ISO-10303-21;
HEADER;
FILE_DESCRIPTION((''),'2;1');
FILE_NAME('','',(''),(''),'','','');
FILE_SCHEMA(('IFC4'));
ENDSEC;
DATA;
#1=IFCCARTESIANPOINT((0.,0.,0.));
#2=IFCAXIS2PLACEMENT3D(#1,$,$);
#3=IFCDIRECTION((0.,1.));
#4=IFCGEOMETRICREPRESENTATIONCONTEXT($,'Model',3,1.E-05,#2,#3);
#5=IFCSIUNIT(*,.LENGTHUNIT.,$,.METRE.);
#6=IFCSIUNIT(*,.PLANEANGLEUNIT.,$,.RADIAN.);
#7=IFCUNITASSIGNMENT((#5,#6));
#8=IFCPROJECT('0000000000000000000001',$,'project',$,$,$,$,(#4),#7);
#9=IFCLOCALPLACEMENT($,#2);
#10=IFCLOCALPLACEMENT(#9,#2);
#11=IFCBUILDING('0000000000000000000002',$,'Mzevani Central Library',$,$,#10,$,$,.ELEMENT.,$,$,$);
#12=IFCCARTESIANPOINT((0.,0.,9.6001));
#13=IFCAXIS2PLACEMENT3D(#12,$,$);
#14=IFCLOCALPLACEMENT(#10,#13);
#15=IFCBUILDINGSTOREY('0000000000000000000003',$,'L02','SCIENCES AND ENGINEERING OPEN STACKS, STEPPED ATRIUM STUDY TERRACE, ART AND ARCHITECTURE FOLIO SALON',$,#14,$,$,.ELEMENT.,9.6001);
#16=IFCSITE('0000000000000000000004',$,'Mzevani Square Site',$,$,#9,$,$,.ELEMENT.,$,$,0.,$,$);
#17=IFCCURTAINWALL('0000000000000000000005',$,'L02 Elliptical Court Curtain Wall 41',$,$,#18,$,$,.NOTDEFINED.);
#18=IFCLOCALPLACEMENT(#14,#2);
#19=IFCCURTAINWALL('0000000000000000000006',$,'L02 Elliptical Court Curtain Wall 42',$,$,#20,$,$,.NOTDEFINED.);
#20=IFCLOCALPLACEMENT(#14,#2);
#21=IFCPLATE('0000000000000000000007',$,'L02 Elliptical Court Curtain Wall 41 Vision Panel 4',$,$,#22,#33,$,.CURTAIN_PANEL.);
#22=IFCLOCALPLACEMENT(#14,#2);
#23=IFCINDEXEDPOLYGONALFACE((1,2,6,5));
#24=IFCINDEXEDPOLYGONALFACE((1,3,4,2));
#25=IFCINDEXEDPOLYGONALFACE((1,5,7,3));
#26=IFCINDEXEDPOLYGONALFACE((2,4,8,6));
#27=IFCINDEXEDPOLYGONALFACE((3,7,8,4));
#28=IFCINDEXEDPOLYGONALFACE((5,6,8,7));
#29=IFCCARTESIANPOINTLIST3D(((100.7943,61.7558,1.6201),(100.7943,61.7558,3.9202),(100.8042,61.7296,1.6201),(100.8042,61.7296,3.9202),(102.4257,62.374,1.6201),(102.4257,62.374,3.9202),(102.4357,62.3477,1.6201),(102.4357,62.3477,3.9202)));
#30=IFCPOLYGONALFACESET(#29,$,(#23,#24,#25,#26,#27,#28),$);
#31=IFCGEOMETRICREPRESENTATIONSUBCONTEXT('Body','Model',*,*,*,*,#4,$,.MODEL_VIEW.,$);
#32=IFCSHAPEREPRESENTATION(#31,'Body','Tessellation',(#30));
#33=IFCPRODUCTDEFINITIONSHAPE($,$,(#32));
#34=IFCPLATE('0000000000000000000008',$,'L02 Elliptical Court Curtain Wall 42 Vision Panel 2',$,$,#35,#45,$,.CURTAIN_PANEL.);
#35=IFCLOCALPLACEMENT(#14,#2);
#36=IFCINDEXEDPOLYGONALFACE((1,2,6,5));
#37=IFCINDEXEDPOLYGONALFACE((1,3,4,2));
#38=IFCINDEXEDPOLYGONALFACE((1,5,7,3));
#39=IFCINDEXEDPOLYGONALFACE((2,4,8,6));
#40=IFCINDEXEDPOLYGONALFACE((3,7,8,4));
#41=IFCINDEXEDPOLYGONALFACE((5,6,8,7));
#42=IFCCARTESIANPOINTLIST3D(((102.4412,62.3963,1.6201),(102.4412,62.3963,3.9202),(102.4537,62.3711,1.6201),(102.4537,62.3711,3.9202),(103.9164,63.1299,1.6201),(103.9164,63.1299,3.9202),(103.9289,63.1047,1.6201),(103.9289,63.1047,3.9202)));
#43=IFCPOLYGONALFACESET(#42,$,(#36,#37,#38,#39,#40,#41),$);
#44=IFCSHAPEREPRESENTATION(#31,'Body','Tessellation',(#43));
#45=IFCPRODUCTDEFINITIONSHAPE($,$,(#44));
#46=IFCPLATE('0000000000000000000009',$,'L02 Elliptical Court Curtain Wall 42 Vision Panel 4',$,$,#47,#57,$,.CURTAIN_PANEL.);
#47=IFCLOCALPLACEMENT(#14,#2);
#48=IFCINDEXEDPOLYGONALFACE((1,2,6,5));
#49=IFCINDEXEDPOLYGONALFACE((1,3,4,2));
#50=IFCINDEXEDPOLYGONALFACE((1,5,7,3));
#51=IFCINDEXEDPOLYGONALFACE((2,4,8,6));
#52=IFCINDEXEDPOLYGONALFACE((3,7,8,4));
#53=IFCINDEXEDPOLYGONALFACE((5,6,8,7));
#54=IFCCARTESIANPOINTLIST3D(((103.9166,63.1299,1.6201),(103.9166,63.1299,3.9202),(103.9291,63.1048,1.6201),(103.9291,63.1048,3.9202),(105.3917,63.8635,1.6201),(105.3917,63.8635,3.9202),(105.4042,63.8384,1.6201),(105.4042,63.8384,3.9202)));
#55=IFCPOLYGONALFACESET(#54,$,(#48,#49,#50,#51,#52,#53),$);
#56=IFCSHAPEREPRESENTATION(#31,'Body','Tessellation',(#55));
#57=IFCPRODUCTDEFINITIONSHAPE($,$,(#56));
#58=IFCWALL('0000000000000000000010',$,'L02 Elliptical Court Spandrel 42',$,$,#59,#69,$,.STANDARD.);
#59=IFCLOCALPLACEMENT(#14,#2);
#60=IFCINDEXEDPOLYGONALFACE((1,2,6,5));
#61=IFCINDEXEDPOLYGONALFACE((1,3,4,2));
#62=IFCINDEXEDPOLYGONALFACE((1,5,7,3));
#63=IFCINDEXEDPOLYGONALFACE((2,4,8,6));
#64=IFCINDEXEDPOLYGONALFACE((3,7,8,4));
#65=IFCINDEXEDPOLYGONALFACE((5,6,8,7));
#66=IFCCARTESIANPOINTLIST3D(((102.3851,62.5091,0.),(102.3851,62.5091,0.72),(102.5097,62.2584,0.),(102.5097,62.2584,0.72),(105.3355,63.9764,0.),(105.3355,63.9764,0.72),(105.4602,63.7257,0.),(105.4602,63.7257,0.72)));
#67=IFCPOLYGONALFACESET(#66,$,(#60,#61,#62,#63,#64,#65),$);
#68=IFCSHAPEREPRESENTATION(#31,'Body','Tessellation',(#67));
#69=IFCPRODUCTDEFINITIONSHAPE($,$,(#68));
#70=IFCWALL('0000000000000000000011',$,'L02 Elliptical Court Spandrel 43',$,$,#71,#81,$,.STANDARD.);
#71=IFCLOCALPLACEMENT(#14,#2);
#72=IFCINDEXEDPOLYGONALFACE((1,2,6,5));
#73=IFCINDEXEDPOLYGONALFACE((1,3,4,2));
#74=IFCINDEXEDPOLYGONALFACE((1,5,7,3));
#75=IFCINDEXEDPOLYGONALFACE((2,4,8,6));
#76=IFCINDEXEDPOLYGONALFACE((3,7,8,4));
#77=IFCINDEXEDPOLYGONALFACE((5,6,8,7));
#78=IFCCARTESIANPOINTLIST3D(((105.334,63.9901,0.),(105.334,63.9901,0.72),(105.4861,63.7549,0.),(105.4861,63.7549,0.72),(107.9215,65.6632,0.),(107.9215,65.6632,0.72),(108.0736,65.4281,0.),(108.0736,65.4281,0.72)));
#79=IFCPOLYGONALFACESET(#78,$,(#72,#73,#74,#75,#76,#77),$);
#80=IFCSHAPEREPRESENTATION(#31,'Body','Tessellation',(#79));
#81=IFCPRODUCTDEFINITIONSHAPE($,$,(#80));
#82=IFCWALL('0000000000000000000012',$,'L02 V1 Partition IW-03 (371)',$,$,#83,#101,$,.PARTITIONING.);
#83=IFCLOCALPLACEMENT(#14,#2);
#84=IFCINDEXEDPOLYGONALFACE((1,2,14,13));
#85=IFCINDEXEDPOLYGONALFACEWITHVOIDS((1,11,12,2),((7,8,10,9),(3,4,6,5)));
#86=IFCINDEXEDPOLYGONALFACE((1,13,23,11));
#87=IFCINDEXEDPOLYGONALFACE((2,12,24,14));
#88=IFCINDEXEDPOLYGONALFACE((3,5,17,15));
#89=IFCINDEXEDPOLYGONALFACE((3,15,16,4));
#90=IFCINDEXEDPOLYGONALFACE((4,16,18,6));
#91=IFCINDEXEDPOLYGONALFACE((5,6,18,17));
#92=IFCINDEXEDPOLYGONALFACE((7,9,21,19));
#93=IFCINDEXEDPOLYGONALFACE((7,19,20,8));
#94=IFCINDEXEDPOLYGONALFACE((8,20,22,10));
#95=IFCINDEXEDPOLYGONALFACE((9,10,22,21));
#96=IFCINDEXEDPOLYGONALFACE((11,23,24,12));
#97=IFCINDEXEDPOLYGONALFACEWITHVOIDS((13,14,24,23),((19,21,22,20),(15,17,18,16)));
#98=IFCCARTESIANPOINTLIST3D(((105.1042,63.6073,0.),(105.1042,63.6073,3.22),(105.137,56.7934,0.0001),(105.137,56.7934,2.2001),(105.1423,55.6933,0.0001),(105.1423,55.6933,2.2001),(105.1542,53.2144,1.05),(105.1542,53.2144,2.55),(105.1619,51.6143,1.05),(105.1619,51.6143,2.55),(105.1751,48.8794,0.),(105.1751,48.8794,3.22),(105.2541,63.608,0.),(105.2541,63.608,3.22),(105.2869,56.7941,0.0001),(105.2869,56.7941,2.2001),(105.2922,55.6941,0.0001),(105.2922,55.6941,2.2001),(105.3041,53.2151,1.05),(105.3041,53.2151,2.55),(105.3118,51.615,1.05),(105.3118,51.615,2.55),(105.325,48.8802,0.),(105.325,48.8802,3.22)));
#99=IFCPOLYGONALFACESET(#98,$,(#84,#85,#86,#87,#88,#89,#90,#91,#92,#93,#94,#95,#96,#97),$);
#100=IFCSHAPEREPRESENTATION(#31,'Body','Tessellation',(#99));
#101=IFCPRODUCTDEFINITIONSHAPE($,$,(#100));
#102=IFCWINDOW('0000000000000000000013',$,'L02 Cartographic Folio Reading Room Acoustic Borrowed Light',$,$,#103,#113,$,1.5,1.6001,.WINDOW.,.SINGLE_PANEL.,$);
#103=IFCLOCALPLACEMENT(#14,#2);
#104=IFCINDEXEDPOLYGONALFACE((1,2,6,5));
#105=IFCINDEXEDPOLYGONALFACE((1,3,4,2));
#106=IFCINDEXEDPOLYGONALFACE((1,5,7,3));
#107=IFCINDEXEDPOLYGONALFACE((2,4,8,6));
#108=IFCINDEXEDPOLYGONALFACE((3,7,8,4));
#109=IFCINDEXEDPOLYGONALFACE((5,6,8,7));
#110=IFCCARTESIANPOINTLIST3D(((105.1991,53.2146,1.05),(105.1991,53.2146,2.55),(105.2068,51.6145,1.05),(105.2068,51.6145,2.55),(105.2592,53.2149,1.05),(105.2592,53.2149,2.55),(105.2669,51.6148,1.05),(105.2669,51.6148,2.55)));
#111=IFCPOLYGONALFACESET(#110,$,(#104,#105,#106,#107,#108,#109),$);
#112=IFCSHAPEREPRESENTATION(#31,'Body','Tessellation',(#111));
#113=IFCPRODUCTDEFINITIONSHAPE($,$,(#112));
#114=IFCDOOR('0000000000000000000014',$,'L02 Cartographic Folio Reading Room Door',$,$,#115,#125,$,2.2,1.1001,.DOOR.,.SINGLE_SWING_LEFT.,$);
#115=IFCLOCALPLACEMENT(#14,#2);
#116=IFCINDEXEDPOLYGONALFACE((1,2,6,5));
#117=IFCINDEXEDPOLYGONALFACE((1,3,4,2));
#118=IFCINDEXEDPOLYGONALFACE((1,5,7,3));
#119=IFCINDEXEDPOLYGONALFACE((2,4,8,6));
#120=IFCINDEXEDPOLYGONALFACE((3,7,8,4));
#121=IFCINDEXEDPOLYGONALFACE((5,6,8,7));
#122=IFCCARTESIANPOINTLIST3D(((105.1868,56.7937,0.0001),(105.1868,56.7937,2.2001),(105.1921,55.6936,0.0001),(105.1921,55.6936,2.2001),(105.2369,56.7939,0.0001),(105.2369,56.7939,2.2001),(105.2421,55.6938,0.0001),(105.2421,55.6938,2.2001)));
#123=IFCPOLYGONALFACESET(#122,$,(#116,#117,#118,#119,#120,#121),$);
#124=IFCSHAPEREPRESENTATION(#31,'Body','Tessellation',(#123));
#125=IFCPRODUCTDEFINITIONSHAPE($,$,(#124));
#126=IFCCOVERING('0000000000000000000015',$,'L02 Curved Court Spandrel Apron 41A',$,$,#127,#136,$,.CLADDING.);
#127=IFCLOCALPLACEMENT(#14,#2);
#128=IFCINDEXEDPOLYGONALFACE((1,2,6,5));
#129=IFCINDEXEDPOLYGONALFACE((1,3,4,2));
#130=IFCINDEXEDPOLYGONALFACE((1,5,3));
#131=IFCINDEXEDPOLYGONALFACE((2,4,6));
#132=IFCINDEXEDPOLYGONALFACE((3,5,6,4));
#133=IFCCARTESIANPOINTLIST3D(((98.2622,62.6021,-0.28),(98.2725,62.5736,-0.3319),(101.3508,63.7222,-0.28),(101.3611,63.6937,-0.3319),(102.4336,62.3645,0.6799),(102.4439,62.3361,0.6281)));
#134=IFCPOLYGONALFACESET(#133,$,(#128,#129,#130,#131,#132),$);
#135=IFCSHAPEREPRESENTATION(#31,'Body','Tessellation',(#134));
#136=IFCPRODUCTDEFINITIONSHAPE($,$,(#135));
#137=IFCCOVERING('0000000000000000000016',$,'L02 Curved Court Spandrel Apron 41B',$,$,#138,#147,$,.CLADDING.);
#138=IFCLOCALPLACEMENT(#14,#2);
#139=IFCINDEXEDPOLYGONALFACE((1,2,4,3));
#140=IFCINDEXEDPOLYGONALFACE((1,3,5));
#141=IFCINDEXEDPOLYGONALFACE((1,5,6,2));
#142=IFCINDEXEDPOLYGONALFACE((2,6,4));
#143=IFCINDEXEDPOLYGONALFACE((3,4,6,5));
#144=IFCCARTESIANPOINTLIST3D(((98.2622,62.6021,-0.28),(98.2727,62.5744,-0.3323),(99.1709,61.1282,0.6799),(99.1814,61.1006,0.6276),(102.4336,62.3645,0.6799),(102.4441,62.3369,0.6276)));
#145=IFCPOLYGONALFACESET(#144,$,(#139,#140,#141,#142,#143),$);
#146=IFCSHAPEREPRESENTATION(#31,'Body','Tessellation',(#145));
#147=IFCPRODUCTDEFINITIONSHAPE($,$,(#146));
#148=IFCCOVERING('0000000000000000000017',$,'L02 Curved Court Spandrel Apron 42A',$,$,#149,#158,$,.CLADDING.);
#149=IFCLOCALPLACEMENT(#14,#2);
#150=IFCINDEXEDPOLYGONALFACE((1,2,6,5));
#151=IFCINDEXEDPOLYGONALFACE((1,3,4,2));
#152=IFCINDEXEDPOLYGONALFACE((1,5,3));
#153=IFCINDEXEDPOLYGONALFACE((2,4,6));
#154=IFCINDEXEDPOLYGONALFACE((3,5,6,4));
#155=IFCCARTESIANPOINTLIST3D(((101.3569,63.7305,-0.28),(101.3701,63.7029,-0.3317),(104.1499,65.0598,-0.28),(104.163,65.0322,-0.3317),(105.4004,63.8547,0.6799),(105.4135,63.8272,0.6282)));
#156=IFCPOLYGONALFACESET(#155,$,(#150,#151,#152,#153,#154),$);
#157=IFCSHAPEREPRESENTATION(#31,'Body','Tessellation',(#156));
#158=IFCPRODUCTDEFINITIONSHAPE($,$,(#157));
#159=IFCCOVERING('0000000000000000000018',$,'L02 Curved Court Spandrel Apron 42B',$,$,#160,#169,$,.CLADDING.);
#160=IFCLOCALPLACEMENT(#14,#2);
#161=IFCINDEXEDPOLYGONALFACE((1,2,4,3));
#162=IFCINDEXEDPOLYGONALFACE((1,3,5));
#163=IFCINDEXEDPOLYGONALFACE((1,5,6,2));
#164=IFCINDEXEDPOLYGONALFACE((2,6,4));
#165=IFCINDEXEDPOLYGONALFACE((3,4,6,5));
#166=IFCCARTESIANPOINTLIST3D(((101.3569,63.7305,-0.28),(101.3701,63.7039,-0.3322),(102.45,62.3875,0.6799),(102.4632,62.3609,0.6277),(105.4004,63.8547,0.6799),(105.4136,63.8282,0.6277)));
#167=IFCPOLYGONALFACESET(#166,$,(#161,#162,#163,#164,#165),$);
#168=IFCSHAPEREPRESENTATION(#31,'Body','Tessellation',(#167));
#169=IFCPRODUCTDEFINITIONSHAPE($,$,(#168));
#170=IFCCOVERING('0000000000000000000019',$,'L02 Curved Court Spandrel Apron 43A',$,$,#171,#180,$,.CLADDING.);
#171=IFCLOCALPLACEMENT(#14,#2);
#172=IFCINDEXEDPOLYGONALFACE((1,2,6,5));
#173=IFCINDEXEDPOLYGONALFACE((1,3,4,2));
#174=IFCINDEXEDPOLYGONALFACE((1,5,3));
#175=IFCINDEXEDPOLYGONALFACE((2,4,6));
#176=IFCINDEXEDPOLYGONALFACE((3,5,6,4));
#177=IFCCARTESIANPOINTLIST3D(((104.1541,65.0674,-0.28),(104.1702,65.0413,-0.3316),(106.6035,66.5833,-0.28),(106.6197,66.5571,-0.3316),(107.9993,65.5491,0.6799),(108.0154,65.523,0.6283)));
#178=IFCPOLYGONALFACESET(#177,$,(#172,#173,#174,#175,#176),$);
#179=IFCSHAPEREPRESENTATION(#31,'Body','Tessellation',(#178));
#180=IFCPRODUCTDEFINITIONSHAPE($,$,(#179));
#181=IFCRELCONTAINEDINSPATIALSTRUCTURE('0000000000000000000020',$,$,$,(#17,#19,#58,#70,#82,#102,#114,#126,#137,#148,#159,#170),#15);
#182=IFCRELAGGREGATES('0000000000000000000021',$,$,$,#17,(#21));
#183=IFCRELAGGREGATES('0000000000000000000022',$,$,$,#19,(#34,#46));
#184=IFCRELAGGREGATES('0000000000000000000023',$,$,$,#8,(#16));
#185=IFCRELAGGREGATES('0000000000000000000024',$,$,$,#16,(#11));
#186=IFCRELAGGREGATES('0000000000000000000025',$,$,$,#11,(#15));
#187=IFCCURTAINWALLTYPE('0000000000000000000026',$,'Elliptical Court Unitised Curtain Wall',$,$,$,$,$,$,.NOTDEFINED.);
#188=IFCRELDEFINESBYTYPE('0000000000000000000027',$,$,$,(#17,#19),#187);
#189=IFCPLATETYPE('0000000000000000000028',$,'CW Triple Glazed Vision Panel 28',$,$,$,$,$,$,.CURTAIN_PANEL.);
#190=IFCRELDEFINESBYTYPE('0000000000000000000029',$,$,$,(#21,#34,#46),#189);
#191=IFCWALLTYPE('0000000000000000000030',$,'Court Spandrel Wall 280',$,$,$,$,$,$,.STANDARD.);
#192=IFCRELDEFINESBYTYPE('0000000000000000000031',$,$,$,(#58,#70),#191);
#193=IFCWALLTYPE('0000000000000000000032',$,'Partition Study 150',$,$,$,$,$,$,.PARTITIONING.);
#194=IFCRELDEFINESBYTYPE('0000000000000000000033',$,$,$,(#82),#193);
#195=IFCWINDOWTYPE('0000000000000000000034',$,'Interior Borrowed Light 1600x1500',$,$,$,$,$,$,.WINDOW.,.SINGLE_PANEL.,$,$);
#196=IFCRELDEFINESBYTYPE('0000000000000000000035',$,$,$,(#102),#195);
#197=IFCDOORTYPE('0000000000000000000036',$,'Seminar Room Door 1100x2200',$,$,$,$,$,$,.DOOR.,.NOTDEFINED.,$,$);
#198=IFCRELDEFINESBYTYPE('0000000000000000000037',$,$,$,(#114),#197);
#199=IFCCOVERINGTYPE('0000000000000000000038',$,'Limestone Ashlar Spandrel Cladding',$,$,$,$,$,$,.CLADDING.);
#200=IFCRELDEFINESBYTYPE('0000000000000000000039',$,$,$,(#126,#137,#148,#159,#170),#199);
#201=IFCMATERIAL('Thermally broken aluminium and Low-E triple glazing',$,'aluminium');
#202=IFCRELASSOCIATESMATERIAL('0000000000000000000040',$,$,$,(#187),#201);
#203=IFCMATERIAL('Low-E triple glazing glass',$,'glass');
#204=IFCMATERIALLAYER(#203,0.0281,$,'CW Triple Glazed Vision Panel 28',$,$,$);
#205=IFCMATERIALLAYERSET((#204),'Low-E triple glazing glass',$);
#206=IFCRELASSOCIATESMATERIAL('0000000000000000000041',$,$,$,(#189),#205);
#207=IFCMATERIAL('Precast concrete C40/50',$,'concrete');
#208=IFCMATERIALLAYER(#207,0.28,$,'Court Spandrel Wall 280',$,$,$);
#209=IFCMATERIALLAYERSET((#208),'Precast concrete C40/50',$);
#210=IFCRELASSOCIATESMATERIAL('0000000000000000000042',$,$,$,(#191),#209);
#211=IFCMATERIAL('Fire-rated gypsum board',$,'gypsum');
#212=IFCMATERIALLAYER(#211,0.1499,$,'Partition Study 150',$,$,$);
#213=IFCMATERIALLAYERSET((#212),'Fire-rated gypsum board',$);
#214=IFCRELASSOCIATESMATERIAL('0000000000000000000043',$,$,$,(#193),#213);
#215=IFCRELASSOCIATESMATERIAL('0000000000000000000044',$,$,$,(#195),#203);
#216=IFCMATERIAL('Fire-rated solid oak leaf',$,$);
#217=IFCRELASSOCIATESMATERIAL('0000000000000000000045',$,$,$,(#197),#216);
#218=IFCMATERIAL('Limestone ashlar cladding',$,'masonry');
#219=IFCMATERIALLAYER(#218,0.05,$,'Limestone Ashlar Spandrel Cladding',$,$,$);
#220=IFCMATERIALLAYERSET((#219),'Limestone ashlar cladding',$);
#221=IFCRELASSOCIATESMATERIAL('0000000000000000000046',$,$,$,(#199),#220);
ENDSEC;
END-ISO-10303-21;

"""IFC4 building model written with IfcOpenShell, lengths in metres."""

from ifc_helpers import new_model, si_unit, direction, frame, frame_2d, origin, origin_2d, place, context, subcontext, project, spatial, polyline, rectangle, outline, extrude, material, layer, layer_set, type_object, element, fill, aggregate, save


model = new_model("IFC4")

# Units and contexts
model_context = context("Model", 3, precision=1e-05, world=origin(), true_north=direction((0.0, 1.0)))
body_context = subcontext(model_context, "Body", "Model", "MODEL_VIEW")
ifc_project = project(units=[si_unit("LENGTHUNIT", "METRE"), si_unit("PLANEANGLEUNIT", "RADIAN")], contexts=[model_context])

# Site, building, storey
site_placement = place(None, origin())
site = spatial("IfcSite", under=ifc_project, at=site_placement, Name="Mzevani Square Site", CompositionType="ELEMENT", RefElevation=0.0)
building_placement = place(site_placement, origin())
building = spatial("IfcBuilding", under=site, at=building_placement, Name="Mzevani Central Library", CompositionType="ELEMENT")
storey_placement = place(building_placement, frame((0.0, 0.0, 9.6001)))
storey = spatial("IfcBuildingStorey", under=building, at=storey_placement, Name="L02", Description="SCIENCES AND ENGINEERING OPEN STACKS, STEPPED ATRIUM STUDY TERRACE, ART AND ARCHITECTURE FOLIO SALON", CompositionType="ELEMENT", Elevation=9.6001)

# Curtain wall
ifc_material_1 = material(Name="Thermally broken aluminium and Low-E triple glazing", Category="aluminium")
curtain_wall_type = type_object("IfcCurtainWallType", Name="Elliptical Court Unitised Curtain Wall", PredefinedType="NOTDEFINED", material=ifc_material_1)
curtain_wall_1_placement = place(storey_placement, origin())
curtain_wall_1 = element("IfcCurtainWall", 1, at=curtain_wall_1_placement, inside=storey, type_object=curtain_wall_type, Name="L02 Elliptical Court Curtain Wall 41", PredefinedType="NOTDEFINED")

# Curtain wall
curtain_wall_2_placement = place(storey_placement, origin())
curtain_wall_2 = element("IfcCurtainWall", 2, at=curtain_wall_2_placement, inside=storey, type_object=curtain_wall_type, Name="L02 Elliptical Court Curtain Wall 42", PredefinedType="NOTDEFINED")

# Plates
ifc_material_2 = material(Name="Low-E triple glazing glass", Category="glass")
ifc_layer_1 = layer(ifc_material_2, 0.0281, Name="CW Triple Glazed Vision Panel 28")
ifc_layer_set_1 = layer_set([ifc_layer_1], Name="Low-E triple glazing glass")
plate_type_1 = type_object("IfcPlateType", Name="CW Triple Glazed Vision Panel 28", PredefinedType="CURTAIN_PANEL", material=ifc_layer_set_1)
plate_1_placement = place(storey_placement, frame((101.615, 62.0518, 1.6201), z_axis=(0.0, 0.0, 1.0), x_axis=(0.935126, 0.354316, 0.0)))
plate_1 = element("IfcPlate", 3, at=plate_1_placement, type_object=plate_type_1, Name="L02 Elliptical Court Curtain Wall 41 Vision Panel 4", PredefinedType="CURTAIN_PANEL", context=body_context, shape_type="SweptSolid", body=[
    extrude(rectangle(XDim=1.7446, YDim=0.0281, at=origin_2d()), origin(), (0.0, 0.0, 1.0), 2.3),
])
aggregate(curtain_wall_1, [plate_1])
plate_2_placement = place(storey_placement, frame((103.1851, 62.7505, 1.6201), z_axis=(0.0, 0.0, 1.0), x_axis=(0.89539, 0.445282, 0.0)))
plate_2 = element("IfcPlate", 4, at=plate_2_placement, type_object=plate_type_1, Name="L02 Elliptical Court Curtain Wall 42 Vision Panel 2", PredefinedType="CURTAIN_PANEL", context=body_context, shape_type="SweptSolid", body=[
    extrude(rectangle(XDim=1.6475, YDim=0.0281, at=origin_2d()), origin(), (0.0, 0.0, 1.0), 2.3),
])
plate_3_placement = place(storey_placement, frame((104.6604, 63.4841, 1.6201), z_axis=(0.0, 0.0, 1.0), x_axis=(0.89539, 0.445282, 0.0)))
plate_3 = element("IfcPlate", 5, at=plate_3_placement, type_object=plate_type_1, Name="L02 Elliptical Court Curtain Wall 42 Vision Panel 4", PredefinedType="CURTAIN_PANEL", context=body_context, shape_type="SweptSolid", body=[
    extrude(rectangle(XDim=1.6475, YDim=0.0281, at=origin_2d()), origin(), (0.0, 0.0, 1.0), 2.3),
])
aggregate(curtain_wall_2, [plate_2, plate_3])

# Walls
ifc_material_3 = material(Name="Precast concrete C40/50", Category="concrete")
ifc_layer_2 = layer(ifc_material_3, 0.28, Name="Court Spandrel Wall 280")
ifc_layer_set_2 = layer_set([ifc_layer_2], Name="Precast concrete C40/50")
wall_type_1 = type_object("IfcWallType", Name="Court Spandrel Wall 280", PredefinedType="STANDARD", material=ifc_layer_set_2)
wall_1_placement = place(storey_placement, frame((102.4475, 62.3838, 0.0), z_axis=(0.0, 0.0, 1.0), x_axis=(0.895388, 0.445286, 0.0)))
element("IfcWall", 6, at=wall_1_placement, inside=storey, type_object=wall_type_1, Name="L02 Elliptical Court Spandrel 42", PredefinedType="STANDARD", context=body_context, shape_type="SweptSolid", body=[
    extrude(rectangle(XDim=3.2952, YDim=0.28, at=frame_2d((1.6475, 0.0))), origin(), (0.0, 0.0, 1.0), 0.72),
])
wall_2_placement = place(storey_placement, frame((105.4102, 63.8726, 0.0), z_axis=(0.0, 0.0, 1.0), x_axis=(0.839734, 0.542998, 0.0)))
element("IfcWall", 7, at=wall_2_placement, inside=storey, type_object=wall_type_1, Name="L02 Elliptical Court Spandrel 43", PredefinedType="STANDARD", context=body_context, shape_type="SweptSolid", body=[
    extrude(rectangle(XDim=3.0813, YDim=0.28, at=frame_2d((1.5405, 0.0))), origin(), (0.0, 0.0, 1.0), 0.72),
])

# Wall, openings, window, door
ifc_material_4 = material(Name="Fire-rated gypsum board", Category="gypsum")
ifc_layer_3 = layer(ifc_material_4, 0.1499, Name="Partition Study 150")
ifc_layer_set_3 = layer_set([ifc_layer_3], Name="Fire-rated gypsum board")
wall_type_2 = type_object("IfcWallType", Name="Partition Study 150", PredefinedType="PARTITIONING", material=ifc_layer_set_3)
wall_3_placement = place(storey_placement, frame((105.1792, 63.6077, 0.0), z_axis=(0.0, 0.0, 1.0), x_axis=(0.004807, -0.999988, 0.0)))
wall_3 = element("IfcWall", 8, at=wall_3_placement, inside=storey, type_object=wall_type_2, Name="L02 V1 Partition IW-03 (371)", PredefinedType="PARTITIONING", context=body_context, shape_type="SweptSolid", body=[
    extrude(rectangle(XDim=14.728, YDim=0.1499, at=frame_2d((7.364, 0.0))), origin(), (0.0, 0.0, 1.0), 3.22),
])
opening_1_placement = place(wall_3_placement, frame((6.814, 0.0, 0.0)))
opening_1 = element("IfcOpeningElement", 9, at=opening_1_placement, cuts=wall_3, PredefinedType="OPENING", context=body_context, shape_type="SweptSolid", body=[
    extrude(rectangle(XDim=1.1001, YDim=2.2, at=frame_2d((0.55, 1.1001))), frame((0.0, 0.085, 0.0), z_axis=(0.0, -1.0, 0.0), x_axis=(1.0, 0.0, 0.0)), (0.0, 0.0, 1.0), 0.1699),
])
opening_2_placement = place(wall_3_placement, frame((10.3931, 0.0, 1.05)))
opening_2 = element("IfcOpeningElement", 10, at=opening_2_placement, cuts=wall_3, PredefinedType="OPENING", context=body_context, shape_type="SweptSolid", body=[
    extrude(rectangle(XDim=1.6001, YDim=1.5, at=frame_2d((0.8, 0.75))), frame((0.0, 0.085, 0.0), z_axis=(0.0, -1.0, 0.0), x_axis=(1.0, 0.0, 0.0)), (0.0, 0.0, 1.0), 0.1699),
])
window_type = type_object("IfcWindowType", Name="Interior Borrowed Light 1600x1500", PartitioningType="SINGLE_PANEL", PredefinedType="WINDOW", material=ifc_material_2)
window_placement = place(opening_2_placement, origin())
window = element("IfcWindow", 11, at=window_placement, inside=storey, type_object=window_type, Name="L02 Cartographic Folio Reading Room Acoustic Borrowed Light", OverallHeight=1.5, OverallWidth=1.6001, PartitioningType="SINGLE_PANEL", PredefinedType="WINDOW", context=body_context, shape_type="SweptSolid", body=[
    extrude(rectangle(XDim=1.6001, YDim=1.5, at=frame_2d((0.8, 0.75))), frame((0.0, 0.03, 0.0), z_axis=(0.0, -1.0, 0.0), x_axis=(1.0, 0.0, 0.0)), (0.0, 0.0, 1.0), 0.0601),
])
fill(opening_2, window)
ifc_material_5 = material(Name="Fire-rated solid oak leaf")
door_type = type_object("IfcDoorType", Name="Seminar Room Door 1100x2200", OperationType="NOTDEFINED", PredefinedType="DOOR", material=ifc_material_5)
door_placement = place(opening_1_placement, origin())
door = element("IfcDoor", 12, at=door_placement, inside=storey, type_object=door_type, Name="L02 Cartographic Folio Reading Room Door", OperationType="SINGLE_SWING_LEFT", OverallHeight=2.2, OverallWidth=1.1001, PredefinedType="DOOR", context=body_context, shape_type="SweptSolid", body=[
    extrude(rectangle(XDim=1.1001, YDim=2.2, at=frame_2d((0.55, 1.1001))), frame((0.0, 0.0249, 0.0), z_axis=(0.0, -1.0, 0.0), x_axis=(1.0, 0.0, 0.0)), (0.0, 0.0, 1.0), 0.05),
])
fill(opening_1, door)

# Coverings
ifc_material_6 = material(Name="Limestone ashlar cladding", Category="masonry")
ifc_layer_4 = layer(ifc_material_6, 0.05, Name="Limestone Ashlar Spandrel Cladding")
ifc_layer_set_4 = layer_set([ifc_layer_4], Name="Limestone ashlar cladding")
covering_type = type_object("IfcCoveringType", Name="Limestone Ashlar Spandrel Cladding", PredefinedType="CLADDING", material=ifc_layer_set_4)
covering_1_placement = place(storey_placement, frame((98.2622, 62.6021, -0.28), z_axis=(-0.171799, 0.47372, 0.863756), x_axis=(0.940088, 0.340931, 0.0)))
element("IfcCovering", 13, at=covering_1_placement, inside=storey, type_object=covering_type, Name="L02 Curved Court Spandrel Apron 41A", PredefinedType="CLADDING", context=body_context, shape_type="SweptSolid", body=[
    extrude(outline(polyline([(0.0, 0.0), (3.2855, 0.0), (3.8405, -1.905), (0.0, 0.0)])), origin(), (0.0, 0.0, -1.0), 0.0601),
])
covering_2_placement = place(storey_placement, frame((98.2622, 62.6021, -0.28), z_axis=(-0.174213, 0.459753, 0.870791), x_axis=(0.97303, -0.055411, 0.223923)))
element("IfcCovering", 14, at=covering_2_placement, inside=storey, type_object=covering_type, Name="L02 Curved Court Spandrel Apron 41B", PredefinedType="CLADDING", context=body_context, shape_type="SweptSolid", body=[
    extrude(outline(polyline([(0.0, 0.0), (4.287, 0.0), (1.1808, -1.5891), (0.0, 0.0)])), origin(), (0.0, 0.0, -1.0), 0.0601),
])
covering_3_placement = place(storey_placement, frame((101.3569, 63.7305, -0.28), z_axis=(-0.218536, 0.459147, 0.861061), x_axis=(0.902941, 0.429765, 0.0)))
element("IfcCovering", 15, at=covering_3_placement, inside=storey, type_object=covering_type, Name="L02 Curved Court Spandrel Apron 42A", PredefinedType="CLADDING", context=body_context, shape_type="SweptSolid", body=[
    extrude(outline(polyline([(0.0, 0.0), (3.0932, 0.0), (3.7044, -1.8878), (0.0, 0.0)])), origin(), (0.0, 0.0, -1.0), 0.0601),
])
covering_4_placement = place(storey_placement, frame((101.3569, 63.7305, -0.28), z_axis=(-0.220005, 0.44239, 0.869418), x_axis=(0.972521, 0.029889, 0.230887)))
element("IfcCovering", 16, at=covering_4_placement, inside=storey, type_object=covering_type, Name="L02 Curved Court Spandrel Apron 42B", PredefinedType="CLADDING", context=body_context, shape_type="SweptSolid", body=[
    extrude(outline(polyline([(0.0, 0.0), (4.1577, 0.0), (1.2445, -1.5399), (0.0, 0.0)])), origin(), (0.0, 0.0, -1.0), 0.0601),
])
covering_5_placement = place(storey_placement, frame((104.1541, 65.0674, -0.28), z_axis=(-0.269019, 0.434702, 0.859455), x_axis=(0.850337, 0.526238, 0.0)))
element("IfcCovering", 17, at=covering_5_placement, inside=storey, type_object=covering_type, Name="L02 Curved Court Spandrel Apron 43A", PredefinedType="CLADDING", context=body_context, shape_type="SweptSolid", body=[
    extrude(outline(polyline([(0.0, 0.0), (2.8806, 0.0), (3.5232, -1.8778), (0.0, 0.0)])), origin(), (0.0, 0.0, -1.0), 0.0601),
])

save(model, "model.ifc")
